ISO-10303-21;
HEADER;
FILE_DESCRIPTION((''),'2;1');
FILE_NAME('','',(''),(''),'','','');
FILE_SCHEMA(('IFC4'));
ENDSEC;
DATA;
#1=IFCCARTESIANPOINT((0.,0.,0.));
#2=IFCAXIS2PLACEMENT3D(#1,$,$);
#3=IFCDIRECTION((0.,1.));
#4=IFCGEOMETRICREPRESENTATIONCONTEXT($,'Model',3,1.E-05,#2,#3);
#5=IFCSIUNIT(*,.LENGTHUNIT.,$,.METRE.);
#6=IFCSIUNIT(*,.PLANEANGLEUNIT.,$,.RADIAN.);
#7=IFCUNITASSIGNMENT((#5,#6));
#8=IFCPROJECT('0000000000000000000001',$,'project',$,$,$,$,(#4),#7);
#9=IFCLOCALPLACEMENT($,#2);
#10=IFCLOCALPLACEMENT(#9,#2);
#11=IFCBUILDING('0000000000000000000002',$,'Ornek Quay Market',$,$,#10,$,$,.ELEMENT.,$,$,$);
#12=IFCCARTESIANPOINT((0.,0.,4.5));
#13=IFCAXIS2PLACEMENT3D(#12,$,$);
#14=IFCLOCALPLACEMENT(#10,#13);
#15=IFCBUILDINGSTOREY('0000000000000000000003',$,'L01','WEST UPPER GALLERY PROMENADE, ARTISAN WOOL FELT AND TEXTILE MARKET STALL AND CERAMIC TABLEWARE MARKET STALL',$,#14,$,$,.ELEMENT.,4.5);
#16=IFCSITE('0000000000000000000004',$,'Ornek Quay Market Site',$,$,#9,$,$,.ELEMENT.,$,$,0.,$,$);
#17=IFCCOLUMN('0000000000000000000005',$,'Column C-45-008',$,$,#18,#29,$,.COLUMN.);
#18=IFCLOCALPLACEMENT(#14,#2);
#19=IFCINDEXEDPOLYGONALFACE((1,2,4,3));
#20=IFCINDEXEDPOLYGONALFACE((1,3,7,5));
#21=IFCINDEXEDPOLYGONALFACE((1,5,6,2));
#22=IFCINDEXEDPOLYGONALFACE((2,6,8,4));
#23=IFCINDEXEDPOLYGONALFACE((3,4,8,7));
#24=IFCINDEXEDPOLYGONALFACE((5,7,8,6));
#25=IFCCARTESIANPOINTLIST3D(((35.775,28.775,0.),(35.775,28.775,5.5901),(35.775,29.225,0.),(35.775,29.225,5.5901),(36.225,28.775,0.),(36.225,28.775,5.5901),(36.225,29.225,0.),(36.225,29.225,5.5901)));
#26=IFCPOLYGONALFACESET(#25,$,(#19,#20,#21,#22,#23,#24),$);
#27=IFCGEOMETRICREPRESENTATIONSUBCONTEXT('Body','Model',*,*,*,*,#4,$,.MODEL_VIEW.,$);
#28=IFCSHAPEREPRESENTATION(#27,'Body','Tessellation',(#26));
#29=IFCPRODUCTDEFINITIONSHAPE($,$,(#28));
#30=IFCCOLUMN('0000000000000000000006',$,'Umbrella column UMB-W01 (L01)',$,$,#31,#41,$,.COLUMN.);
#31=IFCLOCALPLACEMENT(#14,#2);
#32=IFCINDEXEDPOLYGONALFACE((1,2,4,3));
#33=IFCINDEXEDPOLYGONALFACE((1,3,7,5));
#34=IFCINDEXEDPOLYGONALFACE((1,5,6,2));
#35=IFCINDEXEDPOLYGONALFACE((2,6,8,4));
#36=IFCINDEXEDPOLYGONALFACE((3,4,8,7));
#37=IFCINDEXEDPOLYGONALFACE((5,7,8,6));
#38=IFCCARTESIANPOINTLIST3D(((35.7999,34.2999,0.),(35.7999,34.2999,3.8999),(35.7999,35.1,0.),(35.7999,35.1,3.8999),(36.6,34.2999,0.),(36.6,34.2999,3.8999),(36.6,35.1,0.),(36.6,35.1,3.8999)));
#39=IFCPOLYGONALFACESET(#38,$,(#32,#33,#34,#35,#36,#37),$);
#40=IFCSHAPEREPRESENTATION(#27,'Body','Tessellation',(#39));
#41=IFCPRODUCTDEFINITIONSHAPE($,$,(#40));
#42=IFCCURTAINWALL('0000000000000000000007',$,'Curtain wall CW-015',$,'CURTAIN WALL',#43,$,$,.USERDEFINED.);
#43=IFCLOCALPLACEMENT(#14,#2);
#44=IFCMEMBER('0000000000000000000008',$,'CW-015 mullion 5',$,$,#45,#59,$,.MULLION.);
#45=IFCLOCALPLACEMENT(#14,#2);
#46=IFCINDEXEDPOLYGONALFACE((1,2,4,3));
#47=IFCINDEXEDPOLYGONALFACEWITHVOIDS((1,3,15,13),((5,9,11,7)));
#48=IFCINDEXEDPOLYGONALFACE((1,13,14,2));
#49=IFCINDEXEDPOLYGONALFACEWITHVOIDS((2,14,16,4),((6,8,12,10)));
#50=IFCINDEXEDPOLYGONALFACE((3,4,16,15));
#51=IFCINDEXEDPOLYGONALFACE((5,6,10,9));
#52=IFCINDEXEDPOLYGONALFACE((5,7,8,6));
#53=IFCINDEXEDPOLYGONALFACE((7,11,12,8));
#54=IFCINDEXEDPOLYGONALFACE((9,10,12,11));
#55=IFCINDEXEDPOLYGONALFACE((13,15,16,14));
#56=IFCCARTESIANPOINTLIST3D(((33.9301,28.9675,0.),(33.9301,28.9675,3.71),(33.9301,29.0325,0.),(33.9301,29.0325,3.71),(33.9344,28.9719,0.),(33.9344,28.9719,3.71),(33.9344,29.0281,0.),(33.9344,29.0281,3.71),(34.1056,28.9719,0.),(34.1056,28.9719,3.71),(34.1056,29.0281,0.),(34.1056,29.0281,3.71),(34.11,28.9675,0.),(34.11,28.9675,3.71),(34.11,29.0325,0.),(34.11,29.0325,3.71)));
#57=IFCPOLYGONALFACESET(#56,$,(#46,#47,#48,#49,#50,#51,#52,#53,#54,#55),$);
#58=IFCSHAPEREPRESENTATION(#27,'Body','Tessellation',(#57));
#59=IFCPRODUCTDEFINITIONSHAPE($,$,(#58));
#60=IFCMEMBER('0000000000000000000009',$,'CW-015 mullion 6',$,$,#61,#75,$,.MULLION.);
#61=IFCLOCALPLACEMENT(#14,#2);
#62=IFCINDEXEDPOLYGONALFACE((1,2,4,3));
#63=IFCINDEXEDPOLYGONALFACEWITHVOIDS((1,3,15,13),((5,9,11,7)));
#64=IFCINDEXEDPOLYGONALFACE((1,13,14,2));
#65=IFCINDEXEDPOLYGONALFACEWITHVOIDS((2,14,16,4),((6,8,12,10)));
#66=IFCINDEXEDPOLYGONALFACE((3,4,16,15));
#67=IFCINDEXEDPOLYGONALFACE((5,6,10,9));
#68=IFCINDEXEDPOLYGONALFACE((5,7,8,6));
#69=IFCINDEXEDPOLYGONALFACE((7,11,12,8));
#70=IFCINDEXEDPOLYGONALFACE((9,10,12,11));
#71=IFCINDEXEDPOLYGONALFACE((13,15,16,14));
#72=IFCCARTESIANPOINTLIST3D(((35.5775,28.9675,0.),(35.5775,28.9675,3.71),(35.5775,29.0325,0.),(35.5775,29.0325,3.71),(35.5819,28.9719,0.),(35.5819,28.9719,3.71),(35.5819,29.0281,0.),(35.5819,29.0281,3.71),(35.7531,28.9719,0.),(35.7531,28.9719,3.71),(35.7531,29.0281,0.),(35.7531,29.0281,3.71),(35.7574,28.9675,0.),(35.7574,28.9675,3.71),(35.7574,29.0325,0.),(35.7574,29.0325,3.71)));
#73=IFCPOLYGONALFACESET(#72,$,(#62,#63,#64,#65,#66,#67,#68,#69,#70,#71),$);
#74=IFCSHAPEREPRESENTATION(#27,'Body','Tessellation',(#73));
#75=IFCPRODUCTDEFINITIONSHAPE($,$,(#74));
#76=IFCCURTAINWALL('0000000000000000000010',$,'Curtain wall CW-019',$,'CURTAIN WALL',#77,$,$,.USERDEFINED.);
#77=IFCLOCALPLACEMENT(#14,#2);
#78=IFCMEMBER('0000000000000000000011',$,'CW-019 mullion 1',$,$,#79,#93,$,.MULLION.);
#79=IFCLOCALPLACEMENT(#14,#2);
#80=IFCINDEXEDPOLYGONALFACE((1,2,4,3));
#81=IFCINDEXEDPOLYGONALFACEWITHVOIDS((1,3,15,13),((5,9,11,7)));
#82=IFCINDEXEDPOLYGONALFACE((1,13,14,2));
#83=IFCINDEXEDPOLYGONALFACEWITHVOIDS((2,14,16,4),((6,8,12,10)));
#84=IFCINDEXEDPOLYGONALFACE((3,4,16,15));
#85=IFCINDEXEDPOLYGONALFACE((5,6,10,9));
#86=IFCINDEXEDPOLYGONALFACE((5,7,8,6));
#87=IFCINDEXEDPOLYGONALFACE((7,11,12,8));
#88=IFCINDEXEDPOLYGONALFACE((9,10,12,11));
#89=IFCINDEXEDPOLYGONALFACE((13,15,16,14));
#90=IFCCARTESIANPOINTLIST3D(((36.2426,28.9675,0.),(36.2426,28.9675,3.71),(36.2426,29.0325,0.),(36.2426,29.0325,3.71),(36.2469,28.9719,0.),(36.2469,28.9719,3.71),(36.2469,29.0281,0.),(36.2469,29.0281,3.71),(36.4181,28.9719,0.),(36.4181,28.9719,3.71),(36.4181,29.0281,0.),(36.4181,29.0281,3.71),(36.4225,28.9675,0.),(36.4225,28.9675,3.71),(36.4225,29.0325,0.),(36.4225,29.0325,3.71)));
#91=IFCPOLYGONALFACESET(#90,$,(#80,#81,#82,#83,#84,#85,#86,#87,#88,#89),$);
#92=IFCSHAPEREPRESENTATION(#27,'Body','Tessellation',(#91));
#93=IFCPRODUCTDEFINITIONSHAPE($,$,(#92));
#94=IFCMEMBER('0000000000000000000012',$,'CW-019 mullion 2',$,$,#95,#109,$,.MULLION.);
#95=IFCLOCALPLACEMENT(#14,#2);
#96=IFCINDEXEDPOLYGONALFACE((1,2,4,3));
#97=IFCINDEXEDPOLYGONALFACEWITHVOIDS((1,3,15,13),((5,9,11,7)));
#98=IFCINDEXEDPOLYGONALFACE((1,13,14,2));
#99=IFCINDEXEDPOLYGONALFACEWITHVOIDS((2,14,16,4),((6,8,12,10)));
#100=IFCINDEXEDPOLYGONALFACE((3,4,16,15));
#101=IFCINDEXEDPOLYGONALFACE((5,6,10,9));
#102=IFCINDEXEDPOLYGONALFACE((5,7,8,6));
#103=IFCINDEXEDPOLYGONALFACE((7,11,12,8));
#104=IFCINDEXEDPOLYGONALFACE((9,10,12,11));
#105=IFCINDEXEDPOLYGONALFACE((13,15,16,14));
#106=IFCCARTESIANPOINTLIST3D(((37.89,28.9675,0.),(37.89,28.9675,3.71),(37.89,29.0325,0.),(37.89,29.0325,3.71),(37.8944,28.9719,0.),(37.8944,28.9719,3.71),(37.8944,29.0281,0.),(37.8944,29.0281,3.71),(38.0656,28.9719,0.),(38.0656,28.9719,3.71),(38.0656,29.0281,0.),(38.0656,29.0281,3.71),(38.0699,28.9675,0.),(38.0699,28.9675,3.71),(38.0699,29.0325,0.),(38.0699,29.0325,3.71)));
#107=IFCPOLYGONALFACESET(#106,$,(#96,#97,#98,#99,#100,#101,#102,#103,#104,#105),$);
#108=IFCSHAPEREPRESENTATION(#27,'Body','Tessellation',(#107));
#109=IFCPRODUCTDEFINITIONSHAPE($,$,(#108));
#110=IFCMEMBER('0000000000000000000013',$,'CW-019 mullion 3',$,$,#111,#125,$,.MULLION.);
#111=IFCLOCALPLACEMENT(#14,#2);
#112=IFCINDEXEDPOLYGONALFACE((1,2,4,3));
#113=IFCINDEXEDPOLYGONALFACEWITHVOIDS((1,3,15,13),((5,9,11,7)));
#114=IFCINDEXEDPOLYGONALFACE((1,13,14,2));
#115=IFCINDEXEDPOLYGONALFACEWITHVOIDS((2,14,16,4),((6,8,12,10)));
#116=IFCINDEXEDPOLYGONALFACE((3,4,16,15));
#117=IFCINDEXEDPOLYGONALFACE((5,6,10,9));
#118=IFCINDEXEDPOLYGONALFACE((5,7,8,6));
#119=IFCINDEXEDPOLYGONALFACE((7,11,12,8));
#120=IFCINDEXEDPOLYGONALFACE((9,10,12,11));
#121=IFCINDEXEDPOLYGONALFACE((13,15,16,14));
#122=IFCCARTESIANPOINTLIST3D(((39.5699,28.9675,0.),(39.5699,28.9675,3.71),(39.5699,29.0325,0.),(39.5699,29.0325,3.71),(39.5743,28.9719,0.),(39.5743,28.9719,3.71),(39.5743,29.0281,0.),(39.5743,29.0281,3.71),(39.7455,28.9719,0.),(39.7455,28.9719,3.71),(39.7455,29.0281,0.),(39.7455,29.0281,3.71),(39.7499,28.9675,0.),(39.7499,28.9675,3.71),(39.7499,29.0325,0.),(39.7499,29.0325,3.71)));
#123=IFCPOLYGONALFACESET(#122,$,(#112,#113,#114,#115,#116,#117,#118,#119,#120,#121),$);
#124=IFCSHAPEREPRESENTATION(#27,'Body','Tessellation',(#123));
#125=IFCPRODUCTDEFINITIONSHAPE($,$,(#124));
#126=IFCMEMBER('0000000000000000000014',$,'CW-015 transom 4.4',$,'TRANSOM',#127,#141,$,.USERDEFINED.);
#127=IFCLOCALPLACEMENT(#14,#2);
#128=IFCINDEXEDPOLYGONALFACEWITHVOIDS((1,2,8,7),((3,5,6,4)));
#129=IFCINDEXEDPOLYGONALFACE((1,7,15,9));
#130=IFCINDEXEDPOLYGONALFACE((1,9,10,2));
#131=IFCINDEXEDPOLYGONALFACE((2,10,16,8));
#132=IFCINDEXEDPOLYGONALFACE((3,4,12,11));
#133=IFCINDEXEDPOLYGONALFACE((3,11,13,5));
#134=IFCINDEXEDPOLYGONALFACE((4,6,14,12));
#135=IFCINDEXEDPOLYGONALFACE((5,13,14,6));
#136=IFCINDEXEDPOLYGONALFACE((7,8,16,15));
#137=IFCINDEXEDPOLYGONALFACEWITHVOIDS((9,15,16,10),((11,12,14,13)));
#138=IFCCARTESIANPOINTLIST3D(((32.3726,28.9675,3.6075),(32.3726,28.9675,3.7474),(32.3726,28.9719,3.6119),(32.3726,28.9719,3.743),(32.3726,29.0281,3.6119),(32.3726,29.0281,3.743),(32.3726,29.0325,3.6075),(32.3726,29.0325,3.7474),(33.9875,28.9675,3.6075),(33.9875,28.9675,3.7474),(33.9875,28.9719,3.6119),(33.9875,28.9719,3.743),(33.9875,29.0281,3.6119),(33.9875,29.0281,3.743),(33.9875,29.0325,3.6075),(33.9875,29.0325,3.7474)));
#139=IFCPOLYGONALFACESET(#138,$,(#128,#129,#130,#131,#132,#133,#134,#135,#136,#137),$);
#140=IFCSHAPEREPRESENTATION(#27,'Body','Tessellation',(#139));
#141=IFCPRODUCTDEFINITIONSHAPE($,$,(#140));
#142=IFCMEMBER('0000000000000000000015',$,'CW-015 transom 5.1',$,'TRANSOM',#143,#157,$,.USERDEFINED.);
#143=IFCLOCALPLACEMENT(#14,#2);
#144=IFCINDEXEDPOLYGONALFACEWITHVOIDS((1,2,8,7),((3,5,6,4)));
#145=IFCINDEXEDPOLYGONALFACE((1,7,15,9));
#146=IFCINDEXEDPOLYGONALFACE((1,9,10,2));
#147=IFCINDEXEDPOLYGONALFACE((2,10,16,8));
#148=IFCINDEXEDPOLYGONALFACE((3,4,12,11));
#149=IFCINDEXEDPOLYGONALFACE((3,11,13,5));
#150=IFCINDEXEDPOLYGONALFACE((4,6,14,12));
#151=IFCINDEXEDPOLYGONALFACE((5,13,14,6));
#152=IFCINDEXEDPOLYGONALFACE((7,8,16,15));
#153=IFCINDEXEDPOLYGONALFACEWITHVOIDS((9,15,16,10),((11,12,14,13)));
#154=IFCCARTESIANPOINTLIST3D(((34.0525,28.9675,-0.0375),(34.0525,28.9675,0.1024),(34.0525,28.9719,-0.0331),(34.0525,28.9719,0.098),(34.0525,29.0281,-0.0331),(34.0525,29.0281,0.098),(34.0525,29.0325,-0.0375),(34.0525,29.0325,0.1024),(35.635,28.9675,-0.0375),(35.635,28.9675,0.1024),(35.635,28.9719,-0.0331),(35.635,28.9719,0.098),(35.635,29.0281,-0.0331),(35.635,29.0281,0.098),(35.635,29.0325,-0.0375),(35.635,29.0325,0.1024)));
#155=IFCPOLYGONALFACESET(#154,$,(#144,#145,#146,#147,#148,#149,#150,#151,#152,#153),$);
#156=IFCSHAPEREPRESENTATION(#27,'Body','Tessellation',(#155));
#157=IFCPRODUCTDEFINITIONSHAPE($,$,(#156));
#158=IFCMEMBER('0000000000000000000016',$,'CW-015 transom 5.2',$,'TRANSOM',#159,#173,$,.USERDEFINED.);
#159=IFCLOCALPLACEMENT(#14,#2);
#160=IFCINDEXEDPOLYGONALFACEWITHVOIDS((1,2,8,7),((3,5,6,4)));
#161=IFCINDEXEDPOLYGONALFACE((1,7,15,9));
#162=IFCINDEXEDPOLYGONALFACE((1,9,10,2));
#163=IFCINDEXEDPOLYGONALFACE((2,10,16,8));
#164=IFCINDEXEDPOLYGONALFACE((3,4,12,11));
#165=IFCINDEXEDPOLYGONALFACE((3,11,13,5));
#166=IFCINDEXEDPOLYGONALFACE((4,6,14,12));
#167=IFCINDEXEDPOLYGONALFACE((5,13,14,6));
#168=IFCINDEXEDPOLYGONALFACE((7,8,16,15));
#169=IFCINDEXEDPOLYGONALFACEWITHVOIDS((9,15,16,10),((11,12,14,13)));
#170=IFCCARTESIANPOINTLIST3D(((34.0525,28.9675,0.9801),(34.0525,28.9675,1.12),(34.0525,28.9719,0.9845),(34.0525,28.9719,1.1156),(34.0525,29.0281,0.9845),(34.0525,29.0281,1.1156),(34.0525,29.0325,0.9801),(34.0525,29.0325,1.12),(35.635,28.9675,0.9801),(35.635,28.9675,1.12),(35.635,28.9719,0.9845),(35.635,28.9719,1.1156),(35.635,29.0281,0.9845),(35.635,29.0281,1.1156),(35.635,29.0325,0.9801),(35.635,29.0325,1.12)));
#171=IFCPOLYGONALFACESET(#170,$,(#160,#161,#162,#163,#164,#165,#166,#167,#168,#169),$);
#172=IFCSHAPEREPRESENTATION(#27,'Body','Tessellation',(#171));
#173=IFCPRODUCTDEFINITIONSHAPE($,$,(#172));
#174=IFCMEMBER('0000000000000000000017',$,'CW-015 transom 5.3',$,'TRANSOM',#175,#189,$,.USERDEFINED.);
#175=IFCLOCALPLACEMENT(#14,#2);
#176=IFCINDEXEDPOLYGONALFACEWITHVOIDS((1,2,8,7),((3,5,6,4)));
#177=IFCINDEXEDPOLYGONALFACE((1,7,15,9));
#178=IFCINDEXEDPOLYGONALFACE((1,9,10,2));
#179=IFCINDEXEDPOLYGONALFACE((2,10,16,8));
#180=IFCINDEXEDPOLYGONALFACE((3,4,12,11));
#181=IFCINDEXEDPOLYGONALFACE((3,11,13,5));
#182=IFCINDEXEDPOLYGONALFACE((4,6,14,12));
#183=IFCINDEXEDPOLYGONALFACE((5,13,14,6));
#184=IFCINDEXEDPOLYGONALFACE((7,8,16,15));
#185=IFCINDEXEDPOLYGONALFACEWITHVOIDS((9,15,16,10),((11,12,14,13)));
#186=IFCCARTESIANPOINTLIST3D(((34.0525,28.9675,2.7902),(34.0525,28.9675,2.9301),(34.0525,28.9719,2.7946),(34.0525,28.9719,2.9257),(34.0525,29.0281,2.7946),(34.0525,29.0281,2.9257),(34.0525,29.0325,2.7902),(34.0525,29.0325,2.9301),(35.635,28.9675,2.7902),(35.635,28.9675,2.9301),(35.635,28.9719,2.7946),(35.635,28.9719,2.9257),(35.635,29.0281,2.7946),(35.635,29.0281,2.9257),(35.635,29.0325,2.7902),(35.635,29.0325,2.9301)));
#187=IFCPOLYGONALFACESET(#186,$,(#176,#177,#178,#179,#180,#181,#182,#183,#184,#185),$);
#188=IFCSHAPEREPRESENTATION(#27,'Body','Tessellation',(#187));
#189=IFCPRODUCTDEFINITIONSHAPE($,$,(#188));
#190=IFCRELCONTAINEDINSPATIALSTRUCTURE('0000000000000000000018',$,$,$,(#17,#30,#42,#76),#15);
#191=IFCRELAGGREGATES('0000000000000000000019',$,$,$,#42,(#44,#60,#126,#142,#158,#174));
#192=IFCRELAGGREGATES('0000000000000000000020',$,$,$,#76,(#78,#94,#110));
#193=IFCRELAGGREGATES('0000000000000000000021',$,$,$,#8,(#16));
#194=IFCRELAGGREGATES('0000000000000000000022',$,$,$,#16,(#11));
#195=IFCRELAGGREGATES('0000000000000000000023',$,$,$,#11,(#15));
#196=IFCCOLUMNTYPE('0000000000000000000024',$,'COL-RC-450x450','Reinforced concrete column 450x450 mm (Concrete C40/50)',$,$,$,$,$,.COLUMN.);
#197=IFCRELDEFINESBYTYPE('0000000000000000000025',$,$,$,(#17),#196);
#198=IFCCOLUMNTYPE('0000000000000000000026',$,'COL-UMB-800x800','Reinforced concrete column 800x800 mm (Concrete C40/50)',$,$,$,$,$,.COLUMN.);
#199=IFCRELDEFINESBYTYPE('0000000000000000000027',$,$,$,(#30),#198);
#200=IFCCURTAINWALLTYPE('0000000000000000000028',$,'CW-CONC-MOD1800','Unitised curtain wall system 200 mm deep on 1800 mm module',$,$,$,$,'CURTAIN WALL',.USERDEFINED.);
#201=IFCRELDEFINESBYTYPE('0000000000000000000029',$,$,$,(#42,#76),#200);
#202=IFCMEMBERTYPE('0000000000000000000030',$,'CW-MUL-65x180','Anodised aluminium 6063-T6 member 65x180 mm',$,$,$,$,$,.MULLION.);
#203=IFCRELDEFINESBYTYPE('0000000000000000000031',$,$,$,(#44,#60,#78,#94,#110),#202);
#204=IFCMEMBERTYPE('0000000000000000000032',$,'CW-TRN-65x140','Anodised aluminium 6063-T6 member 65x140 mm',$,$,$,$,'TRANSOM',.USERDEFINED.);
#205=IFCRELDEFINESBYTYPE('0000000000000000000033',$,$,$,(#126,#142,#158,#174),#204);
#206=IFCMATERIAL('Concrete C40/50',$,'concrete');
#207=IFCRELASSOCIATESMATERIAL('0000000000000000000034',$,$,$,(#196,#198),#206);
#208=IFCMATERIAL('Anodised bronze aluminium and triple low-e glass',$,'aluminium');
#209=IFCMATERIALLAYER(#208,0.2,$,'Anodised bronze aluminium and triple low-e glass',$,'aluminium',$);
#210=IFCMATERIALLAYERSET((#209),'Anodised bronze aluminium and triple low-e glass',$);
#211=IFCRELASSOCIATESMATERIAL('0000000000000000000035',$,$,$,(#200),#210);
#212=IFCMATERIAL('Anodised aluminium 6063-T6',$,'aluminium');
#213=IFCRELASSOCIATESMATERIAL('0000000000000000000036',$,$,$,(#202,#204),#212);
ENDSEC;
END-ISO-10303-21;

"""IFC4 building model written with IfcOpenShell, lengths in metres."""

from ifc_helpers import new_model, si_unit, direction, frame, origin, origin_2d, place, context, subcontext, project, spatial, rectangle, hollow_rectangle, extrude, material, layer, layer_set, material_profile, profile_set, type_object, element, aggregate, save


model = new_model("IFC4")

# Units and contexts
model_context = context("Model", 3, precision=1e-05, world=origin(), true_north=direction((0.0, 1.0)))
body_context = subcontext(model_context, "Body", "Model", "MODEL_VIEW")
ifc_project = project(units=[si_unit("LENGTHUNIT", "METRE"), si_unit("PLANEANGLEUNIT", "RADIAN")], contexts=[model_context])

# Site, building, storey
site_placement = place(None, origin())
site = spatial("IfcSite", under=ifc_project, at=site_placement, Name="Ornek Quay Market Site", CompositionType="ELEMENT", RefElevation=0.0)
building_placement = place(site_placement, origin())
building = spatial("IfcBuilding", under=site, at=building_placement, Name="Ornek Quay Market", CompositionType="ELEMENT")
storey_placement = place(building_placement, frame((0.0, 0.0, 4.5)))
storey = spatial("IfcBuildingStorey", under=building, at=storey_placement, Name="L01", Description="WEST UPPER GALLERY PROMENADE, ARTISAN WOOL FELT AND TEXTILE MARKET STALL AND CERAMIC TABLEWARE MARKET STALL", CompositionType="ELEMENT", Elevation=4.5)

# Columns
ifc_material_1 = material(Name="Concrete C40/50", Category="concrete")
ifc_material_profile_1 = material_profile(ifc_material_1, rectangle(XDim=0.45, YDim=0.45, at=origin_2d()), Name="RC 450x450", Category="concrete")
ifc_profile_set_1 = profile_set([ifc_material_profile_1], Name="Concrete C40/50")
column_type_1 = type_object("IfcColumnType", Name="COL-RC-450x450", Description="Reinforced concrete column 450x450 mm (Concrete C40/50)", PredefinedType="COLUMN", material=ifc_profile_set_1)
column_1_placement = place(storey_placement, frame((36.0, 29.0, 0.0), z_axis=(0.0, 0.0, 1.0), x_axis=(1.0, 0.0, 0.0)))
element("IfcColumn", 1, at=column_1_placement, inside=storey, type_object=column_type_1, Name="Column C-45-008", PredefinedType="COLUMN", context=body_context, shape_type="SweptSolid", body=[
    extrude(rectangle(XDim=0.45, YDim=0.45, at=origin_2d()), origin(), (0.0, 0.0, 1.0), 5.5901),
])
ifc_material_profile_2 = material_profile(ifc_material_1, rectangle(XDim=0.8, YDim=0.8, at=origin_2d()), Name="RC 800x800", Category="concrete")
ifc_profile_set_2 = profile_set([ifc_material_profile_2], Name="Concrete C40/50")
column_type_2 = type_object("IfcColumnType", Name="COL-UMB-800x800", Description="Reinforced concrete column 800x800 mm (Concrete C40/50)", PredefinedType="COLUMN", material=ifc_profile_set_2)
column_2_placement = place(storey_placement, frame((36.2, 34.7, 0.0), z_axis=(0.0, 0.0, 1.0), x_axis=(1.0, 0.0, 0.0)))
element("IfcColumn", 2, at=column_2_placement, inside=storey, type_object=column_type_2, Name="Umbrella column UMB-W01 (L01)", PredefinedType="COLUMN", context=body_context, shape_type="SweptSolid", body=[
    extrude(rectangle(XDim=0.8, YDim=0.8, at=origin_2d()), origin(), (0.0, 0.0, 1.0), 3.8999),
])

# Curtain walls, members
ifc_material_2 = material(Name="Anodised bronze aluminium and triple low-e glass", Category="aluminium")
ifc_layer_1 = layer(ifc_material_2, 0.2, Name="Anodised bronze aluminium and triple low-e glass", Category="aluminium")
ifc_layer_set_1 = layer_set([ifc_layer_1], Name="Anodised bronze aluminium and triple low-e glass")
curtain_wall_type = type_object("IfcCurtainWallType", Name="CW-CONC-MOD1800", Description="Unitised curtain wall system 200 mm deep on 1800 mm module", ElementType="CURTAIN WALL", PredefinedType="USERDEFINED", material=ifc_layer_set_1)
curtain_wall_1_placement = place(storey_placement, origin())
curtain_wall_1 = element("IfcCurtainWall", 3, at=curtain_wall_1_placement, inside=storey, type_object=curtain_wall_type, Name="Curtain wall CW-015", ObjectType="CURTAIN WALL", PredefinedType="USERDEFINED")
ifc_material_3 = material(Name="Anodised aluminium 6063-T6", Category="aluminium")
ifc_material_profile_3 = material_profile(ifc_material_3, hollow_rectangle(XDim=0.0649, YDim=0.1799, WallThickness=0.0044, at=origin_2d()), Name="CW-MUL-65x180", Category="aluminium")
ifc_profile_set_3 = profile_set([ifc_material_profile_3], Name="Anodised aluminium 6063-T6")
member_type_1 = type_object("IfcMemberType", Name="CW-MUL-65x180", Description="Anodised aluminium 6063-T6 member 65x180 mm", PredefinedType="MULLION", material=ifc_profile_set_3)
member_1_placement = place(storey_placement, frame((34.02, 29.0, 0.0), z_axis=(0.0, 0.0, 1.0), x_axis=(0.0, 1.0, 0.0)))
member_1 = element("IfcMember", 4, at=member_1_placement, type_object=member_type_1, Name="CW-015 mullion 5", PredefinedType="MULLION", context=body_context, shape_type="SweptSolid", body=[
    extrude(hollow_rectangle(XDim=0.0649, YDim=0.1799, WallThickness=0.0044, at=origin_2d()), origin(), (0.0, 0.0, 1.0), 3.71),
])
member_2_placement = place(storey_placement, frame((35.6675, 29.0, 0.0), z_axis=(0.0, 0.0, 1.0), x_axis=(0.0, 1.0, 0.0)))
member_2 = element("IfcMember", 5, at=member_2_placement, type_object=member_type_1, Name="CW-015 mullion 6", PredefinedType="MULLION", context=body_context, shape_type="SweptSolid", body=[
    extrude(hollow_rectangle(XDim=0.0649, YDim=0.1799, WallThickness=0.0044, at=origin_2d()), origin(), (0.0, 0.0, 1.0), 3.71),
])
curtain_wall_2_placement = place(storey_placement, origin())
curtain_wall_2 = element("IfcCurtainWall", 6, at=curtain_wall_2_placement, inside=storey, type_object=curtain_wall_type, Name="Curtain wall CW-019", ObjectType="CURTAIN WALL", PredefinedType="USERDEFINED")
member_3_placement = place(storey_placement, frame((36.3325, 29.0, 0.0), z_axis=(0.0, 0.0, 1.0), x_axis=(0.0, 1.0, 0.0)))
member_3 = element("IfcMember", 7, at=member_3_placement, type_object=member_type_1, Name="CW-019 mullion 1", PredefinedType="MULLION", context=body_context, shape_type="SweptSolid", body=[
    extrude(hollow_rectangle(XDim=0.0649, YDim=0.1799, WallThickness=0.0044, at=origin_2d()), origin(), (0.0, 0.0, 1.0), 3.71),
])
member_4_placement = place(storey_placement, frame((37.98, 29.0, 0.0), z_axis=(0.0, 0.0, 1.0), x_axis=(0.0, 1.0, 0.0)))
member_4 = element("IfcMember", 8, at=member_4_placement, type_object=member_type_1, Name="CW-019 mullion 2", PredefinedType="MULLION", context=body_context, shape_type="SweptSolid", body=[
    extrude(hollow_rectangle(XDim=0.0649, YDim=0.1799, WallThickness=0.0044, at=origin_2d()), origin(), (0.0, 0.0, 1.0), 3.71),
])
member_5_placement = place(storey_placement, frame((39.6599, 29.0, 0.0), z_axis=(0.0, 0.0, 1.0), x_axis=(0.0, 1.0, 0.0)))
member_5 = element("IfcMember", 9, at=member_5_placement, type_object=member_type_1, Name="CW-019 mullion 3", PredefinedType="MULLION", context=body_context, shape_type="SweptSolid", body=[
    extrude(hollow_rectangle(XDim=0.0649, YDim=0.1799, WallThickness=0.0044, at=origin_2d()), origin(), (0.0, 0.0, 1.0), 3.71),
])

# Members
ifc_material_profile_4 = material_profile(ifc_material_3, hollow_rectangle(XDim=0.0649, YDim=0.1399, WallThickness=0.0044, at=origin_2d()), Name="CW-TRN-65x140", Category="aluminium")
ifc_profile_set_4 = profile_set([ifc_material_profile_4], Name="Anodised aluminium 6063-T6")
member_type_2 = type_object("IfcMemberType", Name="CW-TRN-65x140", Description="Anodised aluminium 6063-T6 member 65x140 mm", ElementType="TRANSOM", PredefinedType="USERDEFINED", material=ifc_profile_set_4)
member_6_placement = place(storey_placement, frame((32.3726, 29.0, 3.6775), z_axis=(1.0, 0.0, 0.0), x_axis=(0.0, 1.0, 0.0)))
member_6 = element("IfcMember", 10, at=member_6_placement, type_object=member_type_2, Name="CW-015 transom 4.4", ObjectType="TRANSOM", PredefinedType="USERDEFINED", context=body_context, shape_type="SweptSolid", body=[
    extrude(hollow_rectangle(XDim=0.0649, YDim=0.1399, WallThickness=0.0044, at=origin_2d()), origin(), (0.0, 0.0, 1.0), 1.615),
])
member_7_placement = place(storey_placement, frame((34.0525, 29.0, 0.0325), z_axis=(1.0, 0.0, 0.0), x_axis=(0.0, 1.0, 0.0)))
member_7 = element("IfcMember", 11, at=member_7_placement, type_object=member_type_2, Name="CW-015 transom 5.1", ObjectType="TRANSOM", PredefinedType="USERDEFINED", context=body_context, shape_type="SweptSolid", body=[
    extrude(hollow_rectangle(XDim=0.0649, YDim=0.1399, WallThickness=0.0044, at=origin_2d()), origin(), (0.0, 0.0, 1.0), 1.5825),
])
member_8_placement = place(storey_placement, frame((34.0525, 29.0, 1.05), z_axis=(1.0, 0.0, 0.0), x_axis=(0.0, 1.0, 0.0)))
member_8 = element("IfcMember", 12, at=member_8_placement, type_object=member_type_2, Name="CW-015 transom 5.2", ObjectType="TRANSOM", PredefinedType="USERDEFINED", context=body_context, shape_type="SweptSolid", body=[
    extrude(hollow_rectangle(XDim=0.0649, YDim=0.1399, WallThickness=0.0044, at=origin_2d()), origin(), (0.0, 0.0, 1.0), 1.5825),
])
member_9_placement = place(storey_placement, frame((34.0525, 29.0, 2.8601), z_axis=(1.0, 0.0, 0.0), x_axis=(0.0, 1.0, 0.0)))
member_9 = element("IfcMember", 13, at=member_9_placement, type_object=member_type_2, Name="CW-015 transom 5.3", ObjectType="TRANSOM", PredefinedType="USERDEFINED", context=body_context, shape_type="SweptSolid", body=[
    extrude(hollow_rectangle(XDim=0.0649, YDim=0.1399, WallThickness=0.0044, at=origin_2d()), origin(), (0.0, 0.0, 1.0), 1.5825),
])

aggregate(curtain_wall_1, [member_1, member_2, member_6, member_7, member_8, member_9])
aggregate(curtain_wall_2, [member_3, member_4, member_5])

save(model, "model.ifc")
